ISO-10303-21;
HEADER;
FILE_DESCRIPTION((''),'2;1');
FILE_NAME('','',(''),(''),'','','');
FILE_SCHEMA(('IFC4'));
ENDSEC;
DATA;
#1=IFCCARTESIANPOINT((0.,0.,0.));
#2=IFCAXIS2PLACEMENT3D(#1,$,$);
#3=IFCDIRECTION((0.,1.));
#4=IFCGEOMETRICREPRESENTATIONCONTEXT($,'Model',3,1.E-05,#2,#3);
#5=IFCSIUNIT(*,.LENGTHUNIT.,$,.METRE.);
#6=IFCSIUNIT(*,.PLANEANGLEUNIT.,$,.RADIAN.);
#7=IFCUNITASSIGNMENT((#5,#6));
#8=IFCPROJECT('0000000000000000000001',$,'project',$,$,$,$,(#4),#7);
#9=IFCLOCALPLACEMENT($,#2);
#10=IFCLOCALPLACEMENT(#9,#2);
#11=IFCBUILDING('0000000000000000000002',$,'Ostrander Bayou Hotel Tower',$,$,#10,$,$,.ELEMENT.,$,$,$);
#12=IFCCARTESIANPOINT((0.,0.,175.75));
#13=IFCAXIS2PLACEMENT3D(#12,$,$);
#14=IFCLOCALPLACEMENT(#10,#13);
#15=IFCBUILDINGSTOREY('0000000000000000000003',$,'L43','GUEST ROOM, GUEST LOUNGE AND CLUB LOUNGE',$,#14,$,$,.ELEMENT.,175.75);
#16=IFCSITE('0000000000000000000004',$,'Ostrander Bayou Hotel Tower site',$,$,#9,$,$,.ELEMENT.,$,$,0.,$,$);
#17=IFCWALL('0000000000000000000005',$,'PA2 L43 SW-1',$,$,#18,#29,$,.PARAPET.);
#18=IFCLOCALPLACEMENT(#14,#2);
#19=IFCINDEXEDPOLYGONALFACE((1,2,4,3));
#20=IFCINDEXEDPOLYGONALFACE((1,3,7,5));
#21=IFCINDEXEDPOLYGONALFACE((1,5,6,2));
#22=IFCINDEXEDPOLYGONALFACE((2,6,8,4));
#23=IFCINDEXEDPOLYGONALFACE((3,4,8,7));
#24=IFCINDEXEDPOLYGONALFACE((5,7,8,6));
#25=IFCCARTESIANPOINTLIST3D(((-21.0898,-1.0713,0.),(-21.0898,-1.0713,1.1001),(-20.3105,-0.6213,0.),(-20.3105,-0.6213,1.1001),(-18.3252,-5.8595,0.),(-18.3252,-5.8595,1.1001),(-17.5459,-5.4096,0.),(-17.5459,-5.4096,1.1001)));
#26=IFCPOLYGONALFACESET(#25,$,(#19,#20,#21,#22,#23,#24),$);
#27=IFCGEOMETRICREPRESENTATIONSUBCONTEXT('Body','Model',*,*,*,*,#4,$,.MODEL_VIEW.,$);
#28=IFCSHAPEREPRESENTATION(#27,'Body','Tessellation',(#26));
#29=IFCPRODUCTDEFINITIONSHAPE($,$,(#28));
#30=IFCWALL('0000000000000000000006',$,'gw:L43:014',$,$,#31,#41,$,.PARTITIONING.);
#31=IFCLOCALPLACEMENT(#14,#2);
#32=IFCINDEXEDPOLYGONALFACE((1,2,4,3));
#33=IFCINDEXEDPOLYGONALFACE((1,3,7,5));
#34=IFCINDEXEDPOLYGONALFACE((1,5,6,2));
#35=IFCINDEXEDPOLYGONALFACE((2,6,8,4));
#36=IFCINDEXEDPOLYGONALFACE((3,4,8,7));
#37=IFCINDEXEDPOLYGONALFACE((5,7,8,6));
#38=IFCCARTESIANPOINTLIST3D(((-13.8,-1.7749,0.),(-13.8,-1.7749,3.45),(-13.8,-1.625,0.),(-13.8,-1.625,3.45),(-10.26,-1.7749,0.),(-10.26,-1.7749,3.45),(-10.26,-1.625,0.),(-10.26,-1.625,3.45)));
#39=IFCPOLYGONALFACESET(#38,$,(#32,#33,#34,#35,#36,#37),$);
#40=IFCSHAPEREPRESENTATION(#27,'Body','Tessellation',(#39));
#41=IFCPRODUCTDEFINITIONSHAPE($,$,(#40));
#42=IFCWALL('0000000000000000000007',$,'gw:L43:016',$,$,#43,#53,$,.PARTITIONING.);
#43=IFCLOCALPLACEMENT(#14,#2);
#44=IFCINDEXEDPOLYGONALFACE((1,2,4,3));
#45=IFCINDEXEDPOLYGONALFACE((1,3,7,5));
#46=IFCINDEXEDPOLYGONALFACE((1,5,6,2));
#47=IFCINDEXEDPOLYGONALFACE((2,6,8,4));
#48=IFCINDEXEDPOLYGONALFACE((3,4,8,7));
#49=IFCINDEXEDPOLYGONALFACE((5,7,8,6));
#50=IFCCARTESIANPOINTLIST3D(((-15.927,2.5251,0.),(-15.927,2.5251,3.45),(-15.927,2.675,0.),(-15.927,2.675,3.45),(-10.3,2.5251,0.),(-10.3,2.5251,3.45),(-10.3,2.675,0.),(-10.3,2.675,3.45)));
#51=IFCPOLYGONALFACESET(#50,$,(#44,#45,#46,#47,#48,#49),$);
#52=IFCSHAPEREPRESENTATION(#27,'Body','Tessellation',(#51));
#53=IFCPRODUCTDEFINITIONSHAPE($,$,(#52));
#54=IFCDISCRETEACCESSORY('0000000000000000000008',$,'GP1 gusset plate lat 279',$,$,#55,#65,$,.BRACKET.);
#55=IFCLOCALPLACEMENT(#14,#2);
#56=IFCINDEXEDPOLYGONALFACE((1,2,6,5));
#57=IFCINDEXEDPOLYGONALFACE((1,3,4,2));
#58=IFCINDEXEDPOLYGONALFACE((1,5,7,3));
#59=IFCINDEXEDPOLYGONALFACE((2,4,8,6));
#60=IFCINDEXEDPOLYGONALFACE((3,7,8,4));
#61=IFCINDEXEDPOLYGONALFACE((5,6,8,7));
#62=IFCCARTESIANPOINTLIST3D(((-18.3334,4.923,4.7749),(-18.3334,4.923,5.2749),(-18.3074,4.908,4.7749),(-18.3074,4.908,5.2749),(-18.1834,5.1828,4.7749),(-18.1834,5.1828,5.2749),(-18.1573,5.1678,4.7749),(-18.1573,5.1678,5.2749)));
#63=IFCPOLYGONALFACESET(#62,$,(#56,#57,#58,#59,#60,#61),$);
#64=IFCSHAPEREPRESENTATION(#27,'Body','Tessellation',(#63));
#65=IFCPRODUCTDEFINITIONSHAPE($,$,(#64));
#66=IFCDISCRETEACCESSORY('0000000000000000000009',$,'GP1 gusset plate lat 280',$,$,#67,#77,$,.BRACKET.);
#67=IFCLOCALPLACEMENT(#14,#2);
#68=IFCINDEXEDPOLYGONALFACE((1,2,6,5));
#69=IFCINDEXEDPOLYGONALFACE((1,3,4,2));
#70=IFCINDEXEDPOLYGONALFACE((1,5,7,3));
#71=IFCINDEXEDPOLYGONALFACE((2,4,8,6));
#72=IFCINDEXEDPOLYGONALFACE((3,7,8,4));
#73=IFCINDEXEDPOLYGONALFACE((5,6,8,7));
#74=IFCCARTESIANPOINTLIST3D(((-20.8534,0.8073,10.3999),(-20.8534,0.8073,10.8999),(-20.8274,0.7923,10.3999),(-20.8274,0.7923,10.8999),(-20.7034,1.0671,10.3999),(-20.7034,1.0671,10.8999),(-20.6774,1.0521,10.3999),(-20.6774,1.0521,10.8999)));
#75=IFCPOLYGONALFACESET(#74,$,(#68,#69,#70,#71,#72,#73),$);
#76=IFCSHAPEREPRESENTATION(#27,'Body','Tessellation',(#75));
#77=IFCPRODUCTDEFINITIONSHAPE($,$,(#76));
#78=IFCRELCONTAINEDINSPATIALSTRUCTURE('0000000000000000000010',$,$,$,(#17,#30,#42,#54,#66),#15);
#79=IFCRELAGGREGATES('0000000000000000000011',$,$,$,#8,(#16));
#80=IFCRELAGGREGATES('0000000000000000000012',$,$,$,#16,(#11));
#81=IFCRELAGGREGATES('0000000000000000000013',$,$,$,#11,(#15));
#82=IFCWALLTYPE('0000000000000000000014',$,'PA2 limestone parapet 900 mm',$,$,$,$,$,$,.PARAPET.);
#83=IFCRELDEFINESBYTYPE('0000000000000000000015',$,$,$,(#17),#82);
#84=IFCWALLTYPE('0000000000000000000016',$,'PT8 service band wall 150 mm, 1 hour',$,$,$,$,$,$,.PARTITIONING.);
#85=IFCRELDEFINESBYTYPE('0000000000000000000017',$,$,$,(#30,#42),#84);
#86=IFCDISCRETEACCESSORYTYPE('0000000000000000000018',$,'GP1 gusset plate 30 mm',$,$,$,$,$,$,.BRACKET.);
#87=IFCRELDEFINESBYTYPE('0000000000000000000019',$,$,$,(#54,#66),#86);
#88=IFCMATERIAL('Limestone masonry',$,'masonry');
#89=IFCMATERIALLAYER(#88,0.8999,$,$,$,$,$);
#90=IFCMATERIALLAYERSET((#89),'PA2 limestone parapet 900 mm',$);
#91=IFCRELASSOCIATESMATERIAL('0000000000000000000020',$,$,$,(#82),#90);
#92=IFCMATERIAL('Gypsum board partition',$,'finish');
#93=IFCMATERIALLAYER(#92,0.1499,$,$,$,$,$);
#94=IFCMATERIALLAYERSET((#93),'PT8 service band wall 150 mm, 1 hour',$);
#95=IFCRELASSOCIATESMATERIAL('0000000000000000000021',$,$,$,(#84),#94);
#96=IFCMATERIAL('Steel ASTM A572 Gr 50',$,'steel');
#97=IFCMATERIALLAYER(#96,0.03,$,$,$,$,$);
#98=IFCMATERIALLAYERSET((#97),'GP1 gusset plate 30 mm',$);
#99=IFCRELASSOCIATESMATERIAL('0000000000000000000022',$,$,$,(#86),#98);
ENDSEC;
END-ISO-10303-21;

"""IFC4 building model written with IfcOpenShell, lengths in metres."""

from ifc_helpers import new_model, si_unit, direction, frame, frame_2d, origin, origin_2d, place, context, subcontext, project, spatial, rectangle, extrude, material, layer, layer_set, type_object, element, save


model = new_model("IFC4")

# Units and contexts
model_context = context("Model", 3, precision=1e-05, world=origin(), true_north=direction((0.0, 1.0)))
body_context = subcontext(model_context, "Body", "Model", "MODEL_VIEW")
ifc_project = project(units=[si_unit("LENGTHUNIT", "METRE"), si_unit("PLANEANGLEUNIT", "RADIAN")], contexts=[model_context])

# Site, building, storey
site_placement = place(None, origin())
site = spatial("IfcSite", under=ifc_project, at=site_placement, Name="Ostrander Bayou Hotel Tower site", CompositionType="ELEMENT", RefElevation=0.0)
building_placement = place(site_placement, origin())
building = spatial("IfcBuilding", under=site, at=building_placement, Name="Ostrander Bayou Hotel Tower", CompositionType="ELEMENT")
storey_placement = place(building_placement, frame((0.0, 0.0, 175.75)))
storey = spatial("IfcBuildingStorey", under=building, at=storey_placement, Name="L43", Description="GUEST ROOM, GUEST LOUNGE AND CLUB LOUNGE", CompositionType="ELEMENT", Elevation=175.75)

# Walls
ifc_material_1 = material(Name="Limestone masonry", Category="masonry")
ifc_layer_1 = layer(ifc_material_1, 0.8999)
ifc_layer_set_1 = layer_set([ifc_layer_1], Name="PA2 limestone parapet 900 mm")
wall_type_1 = type_object("IfcWallType", Name="PA2 limestone parapet 900 mm", PredefinedType="PARAPET", material=ifc_layer_set_1)
wall_1_placement = place(storey_placement, frame((-20.7002, -0.8462, 0.0), z_axis=(0.0, 0.0, 1.0), x_axis=(0.500014, -0.866017, 0.0)))
element("IfcWall", 1, at=wall_1_placement, inside=storey, type_object=wall_type_1, Name="PA2 L43 SW-1", PredefinedType="PARAPET", context=body_context, shape_type="SweptSolid", body=[
    extrude(rectangle(XDim=5.5291, YDim=0.8999, at=frame_2d((2.7646, 0.0))), origin(), (0.0, 0.0, 1.0), 1.1001),
])
ifc_material_2 = material(Name="Gypsum board partition", Category="finish")
ifc_layer_2 = layer(ifc_material_2, 0.1499)
ifc_layer_set_2 = layer_set([ifc_layer_2], Name="PT8 service band wall 150 mm, 1 hour")
wall_type_2 = type_object("IfcWallType", Name="PT8 service band wall 150 mm, 1 hour", PredefinedType="PARTITIONING", material=ifc_layer_set_2)
wall_2_placement = place(storey_placement, frame((-13.8, -1.7, 0.0), z_axis=(0.0, 0.0, 1.0), x_axis=(1.0, 0.0, 0.0)))
element("IfcWall", 2, at=wall_2_placement, inside=storey, type_object=wall_type_2, Name="gw:L43:014", PredefinedType="PARTITIONING", context=body_context, shape_type="SweptSolid", body=[
    extrude(rectangle(XDim=3.54, YDim=0.1499, at=frame_2d((1.77, 0.0))), origin(), (0.0, 0.0, 1.0), 3.45),
])
wall_3_placement = place(storey_placement, frame((-15.927, 2.6001, 0.0), z_axis=(0.0, 0.0, 1.0), x_axis=(1.0, 0.0, 0.0)))
element("IfcWall", 3, at=wall_3_placement, inside=storey, type_object=wall_type_2, Name="gw:L43:016", PredefinedType="PARTITIONING", context=body_context, shape_type="SweptSolid", body=[
    extrude(rectangle(XDim=5.627, YDim=0.1499, at=frame_2d((2.8135, 0.0))), origin(), (0.0, 0.0, 1.0), 3.45),
])

# Discrete accessories
ifc_material_3 = material(Name="Steel ASTM A572 Gr 50", Category="steel")
ifc_layer_3 = layer(ifc_material_3, 0.03)
ifc_layer_set_3 = layer_set([ifc_layer_3], Name="GP1 gusset plate 30 mm")
discrete_accessory_type = type_object("IfcDiscreteAccessoryType", Name="GP1 gusset plate 30 mm", PredefinedType="BRACKET", material=ifc_layer_set_3)
for number, where, z_axis, x_axis, name in (
    (4, (-18.2454, 5.0454, 4.7749), (0.0, 0.0, 1.0), (-0.5, -0.866025, 0.0), "GP1 gusset plate lat 279"),
    (5, (-20.7654, 0.9297, 10.3999), (0.0, 0.0, 1.0), (-0.5, -0.866025, 0.0), "GP1 gusset plate lat 280"),
):
    element("IfcDiscreteAccessory", number, at=place(storey_placement, frame(where, z_axis=z_axis, x_axis=x_axis)), inside=storey, type_object=discrete_accessory_type, Name=name, PredefinedType="BRACKET", context=body_context, shape_type="SweptSolid", body=[
        extrude(rectangle(XDim=0.3, YDim=0.03, at=origin_2d()), origin(), (0.0, 0.0, 1.0), 0.5),
    ])

save(model, "model.ifc")
